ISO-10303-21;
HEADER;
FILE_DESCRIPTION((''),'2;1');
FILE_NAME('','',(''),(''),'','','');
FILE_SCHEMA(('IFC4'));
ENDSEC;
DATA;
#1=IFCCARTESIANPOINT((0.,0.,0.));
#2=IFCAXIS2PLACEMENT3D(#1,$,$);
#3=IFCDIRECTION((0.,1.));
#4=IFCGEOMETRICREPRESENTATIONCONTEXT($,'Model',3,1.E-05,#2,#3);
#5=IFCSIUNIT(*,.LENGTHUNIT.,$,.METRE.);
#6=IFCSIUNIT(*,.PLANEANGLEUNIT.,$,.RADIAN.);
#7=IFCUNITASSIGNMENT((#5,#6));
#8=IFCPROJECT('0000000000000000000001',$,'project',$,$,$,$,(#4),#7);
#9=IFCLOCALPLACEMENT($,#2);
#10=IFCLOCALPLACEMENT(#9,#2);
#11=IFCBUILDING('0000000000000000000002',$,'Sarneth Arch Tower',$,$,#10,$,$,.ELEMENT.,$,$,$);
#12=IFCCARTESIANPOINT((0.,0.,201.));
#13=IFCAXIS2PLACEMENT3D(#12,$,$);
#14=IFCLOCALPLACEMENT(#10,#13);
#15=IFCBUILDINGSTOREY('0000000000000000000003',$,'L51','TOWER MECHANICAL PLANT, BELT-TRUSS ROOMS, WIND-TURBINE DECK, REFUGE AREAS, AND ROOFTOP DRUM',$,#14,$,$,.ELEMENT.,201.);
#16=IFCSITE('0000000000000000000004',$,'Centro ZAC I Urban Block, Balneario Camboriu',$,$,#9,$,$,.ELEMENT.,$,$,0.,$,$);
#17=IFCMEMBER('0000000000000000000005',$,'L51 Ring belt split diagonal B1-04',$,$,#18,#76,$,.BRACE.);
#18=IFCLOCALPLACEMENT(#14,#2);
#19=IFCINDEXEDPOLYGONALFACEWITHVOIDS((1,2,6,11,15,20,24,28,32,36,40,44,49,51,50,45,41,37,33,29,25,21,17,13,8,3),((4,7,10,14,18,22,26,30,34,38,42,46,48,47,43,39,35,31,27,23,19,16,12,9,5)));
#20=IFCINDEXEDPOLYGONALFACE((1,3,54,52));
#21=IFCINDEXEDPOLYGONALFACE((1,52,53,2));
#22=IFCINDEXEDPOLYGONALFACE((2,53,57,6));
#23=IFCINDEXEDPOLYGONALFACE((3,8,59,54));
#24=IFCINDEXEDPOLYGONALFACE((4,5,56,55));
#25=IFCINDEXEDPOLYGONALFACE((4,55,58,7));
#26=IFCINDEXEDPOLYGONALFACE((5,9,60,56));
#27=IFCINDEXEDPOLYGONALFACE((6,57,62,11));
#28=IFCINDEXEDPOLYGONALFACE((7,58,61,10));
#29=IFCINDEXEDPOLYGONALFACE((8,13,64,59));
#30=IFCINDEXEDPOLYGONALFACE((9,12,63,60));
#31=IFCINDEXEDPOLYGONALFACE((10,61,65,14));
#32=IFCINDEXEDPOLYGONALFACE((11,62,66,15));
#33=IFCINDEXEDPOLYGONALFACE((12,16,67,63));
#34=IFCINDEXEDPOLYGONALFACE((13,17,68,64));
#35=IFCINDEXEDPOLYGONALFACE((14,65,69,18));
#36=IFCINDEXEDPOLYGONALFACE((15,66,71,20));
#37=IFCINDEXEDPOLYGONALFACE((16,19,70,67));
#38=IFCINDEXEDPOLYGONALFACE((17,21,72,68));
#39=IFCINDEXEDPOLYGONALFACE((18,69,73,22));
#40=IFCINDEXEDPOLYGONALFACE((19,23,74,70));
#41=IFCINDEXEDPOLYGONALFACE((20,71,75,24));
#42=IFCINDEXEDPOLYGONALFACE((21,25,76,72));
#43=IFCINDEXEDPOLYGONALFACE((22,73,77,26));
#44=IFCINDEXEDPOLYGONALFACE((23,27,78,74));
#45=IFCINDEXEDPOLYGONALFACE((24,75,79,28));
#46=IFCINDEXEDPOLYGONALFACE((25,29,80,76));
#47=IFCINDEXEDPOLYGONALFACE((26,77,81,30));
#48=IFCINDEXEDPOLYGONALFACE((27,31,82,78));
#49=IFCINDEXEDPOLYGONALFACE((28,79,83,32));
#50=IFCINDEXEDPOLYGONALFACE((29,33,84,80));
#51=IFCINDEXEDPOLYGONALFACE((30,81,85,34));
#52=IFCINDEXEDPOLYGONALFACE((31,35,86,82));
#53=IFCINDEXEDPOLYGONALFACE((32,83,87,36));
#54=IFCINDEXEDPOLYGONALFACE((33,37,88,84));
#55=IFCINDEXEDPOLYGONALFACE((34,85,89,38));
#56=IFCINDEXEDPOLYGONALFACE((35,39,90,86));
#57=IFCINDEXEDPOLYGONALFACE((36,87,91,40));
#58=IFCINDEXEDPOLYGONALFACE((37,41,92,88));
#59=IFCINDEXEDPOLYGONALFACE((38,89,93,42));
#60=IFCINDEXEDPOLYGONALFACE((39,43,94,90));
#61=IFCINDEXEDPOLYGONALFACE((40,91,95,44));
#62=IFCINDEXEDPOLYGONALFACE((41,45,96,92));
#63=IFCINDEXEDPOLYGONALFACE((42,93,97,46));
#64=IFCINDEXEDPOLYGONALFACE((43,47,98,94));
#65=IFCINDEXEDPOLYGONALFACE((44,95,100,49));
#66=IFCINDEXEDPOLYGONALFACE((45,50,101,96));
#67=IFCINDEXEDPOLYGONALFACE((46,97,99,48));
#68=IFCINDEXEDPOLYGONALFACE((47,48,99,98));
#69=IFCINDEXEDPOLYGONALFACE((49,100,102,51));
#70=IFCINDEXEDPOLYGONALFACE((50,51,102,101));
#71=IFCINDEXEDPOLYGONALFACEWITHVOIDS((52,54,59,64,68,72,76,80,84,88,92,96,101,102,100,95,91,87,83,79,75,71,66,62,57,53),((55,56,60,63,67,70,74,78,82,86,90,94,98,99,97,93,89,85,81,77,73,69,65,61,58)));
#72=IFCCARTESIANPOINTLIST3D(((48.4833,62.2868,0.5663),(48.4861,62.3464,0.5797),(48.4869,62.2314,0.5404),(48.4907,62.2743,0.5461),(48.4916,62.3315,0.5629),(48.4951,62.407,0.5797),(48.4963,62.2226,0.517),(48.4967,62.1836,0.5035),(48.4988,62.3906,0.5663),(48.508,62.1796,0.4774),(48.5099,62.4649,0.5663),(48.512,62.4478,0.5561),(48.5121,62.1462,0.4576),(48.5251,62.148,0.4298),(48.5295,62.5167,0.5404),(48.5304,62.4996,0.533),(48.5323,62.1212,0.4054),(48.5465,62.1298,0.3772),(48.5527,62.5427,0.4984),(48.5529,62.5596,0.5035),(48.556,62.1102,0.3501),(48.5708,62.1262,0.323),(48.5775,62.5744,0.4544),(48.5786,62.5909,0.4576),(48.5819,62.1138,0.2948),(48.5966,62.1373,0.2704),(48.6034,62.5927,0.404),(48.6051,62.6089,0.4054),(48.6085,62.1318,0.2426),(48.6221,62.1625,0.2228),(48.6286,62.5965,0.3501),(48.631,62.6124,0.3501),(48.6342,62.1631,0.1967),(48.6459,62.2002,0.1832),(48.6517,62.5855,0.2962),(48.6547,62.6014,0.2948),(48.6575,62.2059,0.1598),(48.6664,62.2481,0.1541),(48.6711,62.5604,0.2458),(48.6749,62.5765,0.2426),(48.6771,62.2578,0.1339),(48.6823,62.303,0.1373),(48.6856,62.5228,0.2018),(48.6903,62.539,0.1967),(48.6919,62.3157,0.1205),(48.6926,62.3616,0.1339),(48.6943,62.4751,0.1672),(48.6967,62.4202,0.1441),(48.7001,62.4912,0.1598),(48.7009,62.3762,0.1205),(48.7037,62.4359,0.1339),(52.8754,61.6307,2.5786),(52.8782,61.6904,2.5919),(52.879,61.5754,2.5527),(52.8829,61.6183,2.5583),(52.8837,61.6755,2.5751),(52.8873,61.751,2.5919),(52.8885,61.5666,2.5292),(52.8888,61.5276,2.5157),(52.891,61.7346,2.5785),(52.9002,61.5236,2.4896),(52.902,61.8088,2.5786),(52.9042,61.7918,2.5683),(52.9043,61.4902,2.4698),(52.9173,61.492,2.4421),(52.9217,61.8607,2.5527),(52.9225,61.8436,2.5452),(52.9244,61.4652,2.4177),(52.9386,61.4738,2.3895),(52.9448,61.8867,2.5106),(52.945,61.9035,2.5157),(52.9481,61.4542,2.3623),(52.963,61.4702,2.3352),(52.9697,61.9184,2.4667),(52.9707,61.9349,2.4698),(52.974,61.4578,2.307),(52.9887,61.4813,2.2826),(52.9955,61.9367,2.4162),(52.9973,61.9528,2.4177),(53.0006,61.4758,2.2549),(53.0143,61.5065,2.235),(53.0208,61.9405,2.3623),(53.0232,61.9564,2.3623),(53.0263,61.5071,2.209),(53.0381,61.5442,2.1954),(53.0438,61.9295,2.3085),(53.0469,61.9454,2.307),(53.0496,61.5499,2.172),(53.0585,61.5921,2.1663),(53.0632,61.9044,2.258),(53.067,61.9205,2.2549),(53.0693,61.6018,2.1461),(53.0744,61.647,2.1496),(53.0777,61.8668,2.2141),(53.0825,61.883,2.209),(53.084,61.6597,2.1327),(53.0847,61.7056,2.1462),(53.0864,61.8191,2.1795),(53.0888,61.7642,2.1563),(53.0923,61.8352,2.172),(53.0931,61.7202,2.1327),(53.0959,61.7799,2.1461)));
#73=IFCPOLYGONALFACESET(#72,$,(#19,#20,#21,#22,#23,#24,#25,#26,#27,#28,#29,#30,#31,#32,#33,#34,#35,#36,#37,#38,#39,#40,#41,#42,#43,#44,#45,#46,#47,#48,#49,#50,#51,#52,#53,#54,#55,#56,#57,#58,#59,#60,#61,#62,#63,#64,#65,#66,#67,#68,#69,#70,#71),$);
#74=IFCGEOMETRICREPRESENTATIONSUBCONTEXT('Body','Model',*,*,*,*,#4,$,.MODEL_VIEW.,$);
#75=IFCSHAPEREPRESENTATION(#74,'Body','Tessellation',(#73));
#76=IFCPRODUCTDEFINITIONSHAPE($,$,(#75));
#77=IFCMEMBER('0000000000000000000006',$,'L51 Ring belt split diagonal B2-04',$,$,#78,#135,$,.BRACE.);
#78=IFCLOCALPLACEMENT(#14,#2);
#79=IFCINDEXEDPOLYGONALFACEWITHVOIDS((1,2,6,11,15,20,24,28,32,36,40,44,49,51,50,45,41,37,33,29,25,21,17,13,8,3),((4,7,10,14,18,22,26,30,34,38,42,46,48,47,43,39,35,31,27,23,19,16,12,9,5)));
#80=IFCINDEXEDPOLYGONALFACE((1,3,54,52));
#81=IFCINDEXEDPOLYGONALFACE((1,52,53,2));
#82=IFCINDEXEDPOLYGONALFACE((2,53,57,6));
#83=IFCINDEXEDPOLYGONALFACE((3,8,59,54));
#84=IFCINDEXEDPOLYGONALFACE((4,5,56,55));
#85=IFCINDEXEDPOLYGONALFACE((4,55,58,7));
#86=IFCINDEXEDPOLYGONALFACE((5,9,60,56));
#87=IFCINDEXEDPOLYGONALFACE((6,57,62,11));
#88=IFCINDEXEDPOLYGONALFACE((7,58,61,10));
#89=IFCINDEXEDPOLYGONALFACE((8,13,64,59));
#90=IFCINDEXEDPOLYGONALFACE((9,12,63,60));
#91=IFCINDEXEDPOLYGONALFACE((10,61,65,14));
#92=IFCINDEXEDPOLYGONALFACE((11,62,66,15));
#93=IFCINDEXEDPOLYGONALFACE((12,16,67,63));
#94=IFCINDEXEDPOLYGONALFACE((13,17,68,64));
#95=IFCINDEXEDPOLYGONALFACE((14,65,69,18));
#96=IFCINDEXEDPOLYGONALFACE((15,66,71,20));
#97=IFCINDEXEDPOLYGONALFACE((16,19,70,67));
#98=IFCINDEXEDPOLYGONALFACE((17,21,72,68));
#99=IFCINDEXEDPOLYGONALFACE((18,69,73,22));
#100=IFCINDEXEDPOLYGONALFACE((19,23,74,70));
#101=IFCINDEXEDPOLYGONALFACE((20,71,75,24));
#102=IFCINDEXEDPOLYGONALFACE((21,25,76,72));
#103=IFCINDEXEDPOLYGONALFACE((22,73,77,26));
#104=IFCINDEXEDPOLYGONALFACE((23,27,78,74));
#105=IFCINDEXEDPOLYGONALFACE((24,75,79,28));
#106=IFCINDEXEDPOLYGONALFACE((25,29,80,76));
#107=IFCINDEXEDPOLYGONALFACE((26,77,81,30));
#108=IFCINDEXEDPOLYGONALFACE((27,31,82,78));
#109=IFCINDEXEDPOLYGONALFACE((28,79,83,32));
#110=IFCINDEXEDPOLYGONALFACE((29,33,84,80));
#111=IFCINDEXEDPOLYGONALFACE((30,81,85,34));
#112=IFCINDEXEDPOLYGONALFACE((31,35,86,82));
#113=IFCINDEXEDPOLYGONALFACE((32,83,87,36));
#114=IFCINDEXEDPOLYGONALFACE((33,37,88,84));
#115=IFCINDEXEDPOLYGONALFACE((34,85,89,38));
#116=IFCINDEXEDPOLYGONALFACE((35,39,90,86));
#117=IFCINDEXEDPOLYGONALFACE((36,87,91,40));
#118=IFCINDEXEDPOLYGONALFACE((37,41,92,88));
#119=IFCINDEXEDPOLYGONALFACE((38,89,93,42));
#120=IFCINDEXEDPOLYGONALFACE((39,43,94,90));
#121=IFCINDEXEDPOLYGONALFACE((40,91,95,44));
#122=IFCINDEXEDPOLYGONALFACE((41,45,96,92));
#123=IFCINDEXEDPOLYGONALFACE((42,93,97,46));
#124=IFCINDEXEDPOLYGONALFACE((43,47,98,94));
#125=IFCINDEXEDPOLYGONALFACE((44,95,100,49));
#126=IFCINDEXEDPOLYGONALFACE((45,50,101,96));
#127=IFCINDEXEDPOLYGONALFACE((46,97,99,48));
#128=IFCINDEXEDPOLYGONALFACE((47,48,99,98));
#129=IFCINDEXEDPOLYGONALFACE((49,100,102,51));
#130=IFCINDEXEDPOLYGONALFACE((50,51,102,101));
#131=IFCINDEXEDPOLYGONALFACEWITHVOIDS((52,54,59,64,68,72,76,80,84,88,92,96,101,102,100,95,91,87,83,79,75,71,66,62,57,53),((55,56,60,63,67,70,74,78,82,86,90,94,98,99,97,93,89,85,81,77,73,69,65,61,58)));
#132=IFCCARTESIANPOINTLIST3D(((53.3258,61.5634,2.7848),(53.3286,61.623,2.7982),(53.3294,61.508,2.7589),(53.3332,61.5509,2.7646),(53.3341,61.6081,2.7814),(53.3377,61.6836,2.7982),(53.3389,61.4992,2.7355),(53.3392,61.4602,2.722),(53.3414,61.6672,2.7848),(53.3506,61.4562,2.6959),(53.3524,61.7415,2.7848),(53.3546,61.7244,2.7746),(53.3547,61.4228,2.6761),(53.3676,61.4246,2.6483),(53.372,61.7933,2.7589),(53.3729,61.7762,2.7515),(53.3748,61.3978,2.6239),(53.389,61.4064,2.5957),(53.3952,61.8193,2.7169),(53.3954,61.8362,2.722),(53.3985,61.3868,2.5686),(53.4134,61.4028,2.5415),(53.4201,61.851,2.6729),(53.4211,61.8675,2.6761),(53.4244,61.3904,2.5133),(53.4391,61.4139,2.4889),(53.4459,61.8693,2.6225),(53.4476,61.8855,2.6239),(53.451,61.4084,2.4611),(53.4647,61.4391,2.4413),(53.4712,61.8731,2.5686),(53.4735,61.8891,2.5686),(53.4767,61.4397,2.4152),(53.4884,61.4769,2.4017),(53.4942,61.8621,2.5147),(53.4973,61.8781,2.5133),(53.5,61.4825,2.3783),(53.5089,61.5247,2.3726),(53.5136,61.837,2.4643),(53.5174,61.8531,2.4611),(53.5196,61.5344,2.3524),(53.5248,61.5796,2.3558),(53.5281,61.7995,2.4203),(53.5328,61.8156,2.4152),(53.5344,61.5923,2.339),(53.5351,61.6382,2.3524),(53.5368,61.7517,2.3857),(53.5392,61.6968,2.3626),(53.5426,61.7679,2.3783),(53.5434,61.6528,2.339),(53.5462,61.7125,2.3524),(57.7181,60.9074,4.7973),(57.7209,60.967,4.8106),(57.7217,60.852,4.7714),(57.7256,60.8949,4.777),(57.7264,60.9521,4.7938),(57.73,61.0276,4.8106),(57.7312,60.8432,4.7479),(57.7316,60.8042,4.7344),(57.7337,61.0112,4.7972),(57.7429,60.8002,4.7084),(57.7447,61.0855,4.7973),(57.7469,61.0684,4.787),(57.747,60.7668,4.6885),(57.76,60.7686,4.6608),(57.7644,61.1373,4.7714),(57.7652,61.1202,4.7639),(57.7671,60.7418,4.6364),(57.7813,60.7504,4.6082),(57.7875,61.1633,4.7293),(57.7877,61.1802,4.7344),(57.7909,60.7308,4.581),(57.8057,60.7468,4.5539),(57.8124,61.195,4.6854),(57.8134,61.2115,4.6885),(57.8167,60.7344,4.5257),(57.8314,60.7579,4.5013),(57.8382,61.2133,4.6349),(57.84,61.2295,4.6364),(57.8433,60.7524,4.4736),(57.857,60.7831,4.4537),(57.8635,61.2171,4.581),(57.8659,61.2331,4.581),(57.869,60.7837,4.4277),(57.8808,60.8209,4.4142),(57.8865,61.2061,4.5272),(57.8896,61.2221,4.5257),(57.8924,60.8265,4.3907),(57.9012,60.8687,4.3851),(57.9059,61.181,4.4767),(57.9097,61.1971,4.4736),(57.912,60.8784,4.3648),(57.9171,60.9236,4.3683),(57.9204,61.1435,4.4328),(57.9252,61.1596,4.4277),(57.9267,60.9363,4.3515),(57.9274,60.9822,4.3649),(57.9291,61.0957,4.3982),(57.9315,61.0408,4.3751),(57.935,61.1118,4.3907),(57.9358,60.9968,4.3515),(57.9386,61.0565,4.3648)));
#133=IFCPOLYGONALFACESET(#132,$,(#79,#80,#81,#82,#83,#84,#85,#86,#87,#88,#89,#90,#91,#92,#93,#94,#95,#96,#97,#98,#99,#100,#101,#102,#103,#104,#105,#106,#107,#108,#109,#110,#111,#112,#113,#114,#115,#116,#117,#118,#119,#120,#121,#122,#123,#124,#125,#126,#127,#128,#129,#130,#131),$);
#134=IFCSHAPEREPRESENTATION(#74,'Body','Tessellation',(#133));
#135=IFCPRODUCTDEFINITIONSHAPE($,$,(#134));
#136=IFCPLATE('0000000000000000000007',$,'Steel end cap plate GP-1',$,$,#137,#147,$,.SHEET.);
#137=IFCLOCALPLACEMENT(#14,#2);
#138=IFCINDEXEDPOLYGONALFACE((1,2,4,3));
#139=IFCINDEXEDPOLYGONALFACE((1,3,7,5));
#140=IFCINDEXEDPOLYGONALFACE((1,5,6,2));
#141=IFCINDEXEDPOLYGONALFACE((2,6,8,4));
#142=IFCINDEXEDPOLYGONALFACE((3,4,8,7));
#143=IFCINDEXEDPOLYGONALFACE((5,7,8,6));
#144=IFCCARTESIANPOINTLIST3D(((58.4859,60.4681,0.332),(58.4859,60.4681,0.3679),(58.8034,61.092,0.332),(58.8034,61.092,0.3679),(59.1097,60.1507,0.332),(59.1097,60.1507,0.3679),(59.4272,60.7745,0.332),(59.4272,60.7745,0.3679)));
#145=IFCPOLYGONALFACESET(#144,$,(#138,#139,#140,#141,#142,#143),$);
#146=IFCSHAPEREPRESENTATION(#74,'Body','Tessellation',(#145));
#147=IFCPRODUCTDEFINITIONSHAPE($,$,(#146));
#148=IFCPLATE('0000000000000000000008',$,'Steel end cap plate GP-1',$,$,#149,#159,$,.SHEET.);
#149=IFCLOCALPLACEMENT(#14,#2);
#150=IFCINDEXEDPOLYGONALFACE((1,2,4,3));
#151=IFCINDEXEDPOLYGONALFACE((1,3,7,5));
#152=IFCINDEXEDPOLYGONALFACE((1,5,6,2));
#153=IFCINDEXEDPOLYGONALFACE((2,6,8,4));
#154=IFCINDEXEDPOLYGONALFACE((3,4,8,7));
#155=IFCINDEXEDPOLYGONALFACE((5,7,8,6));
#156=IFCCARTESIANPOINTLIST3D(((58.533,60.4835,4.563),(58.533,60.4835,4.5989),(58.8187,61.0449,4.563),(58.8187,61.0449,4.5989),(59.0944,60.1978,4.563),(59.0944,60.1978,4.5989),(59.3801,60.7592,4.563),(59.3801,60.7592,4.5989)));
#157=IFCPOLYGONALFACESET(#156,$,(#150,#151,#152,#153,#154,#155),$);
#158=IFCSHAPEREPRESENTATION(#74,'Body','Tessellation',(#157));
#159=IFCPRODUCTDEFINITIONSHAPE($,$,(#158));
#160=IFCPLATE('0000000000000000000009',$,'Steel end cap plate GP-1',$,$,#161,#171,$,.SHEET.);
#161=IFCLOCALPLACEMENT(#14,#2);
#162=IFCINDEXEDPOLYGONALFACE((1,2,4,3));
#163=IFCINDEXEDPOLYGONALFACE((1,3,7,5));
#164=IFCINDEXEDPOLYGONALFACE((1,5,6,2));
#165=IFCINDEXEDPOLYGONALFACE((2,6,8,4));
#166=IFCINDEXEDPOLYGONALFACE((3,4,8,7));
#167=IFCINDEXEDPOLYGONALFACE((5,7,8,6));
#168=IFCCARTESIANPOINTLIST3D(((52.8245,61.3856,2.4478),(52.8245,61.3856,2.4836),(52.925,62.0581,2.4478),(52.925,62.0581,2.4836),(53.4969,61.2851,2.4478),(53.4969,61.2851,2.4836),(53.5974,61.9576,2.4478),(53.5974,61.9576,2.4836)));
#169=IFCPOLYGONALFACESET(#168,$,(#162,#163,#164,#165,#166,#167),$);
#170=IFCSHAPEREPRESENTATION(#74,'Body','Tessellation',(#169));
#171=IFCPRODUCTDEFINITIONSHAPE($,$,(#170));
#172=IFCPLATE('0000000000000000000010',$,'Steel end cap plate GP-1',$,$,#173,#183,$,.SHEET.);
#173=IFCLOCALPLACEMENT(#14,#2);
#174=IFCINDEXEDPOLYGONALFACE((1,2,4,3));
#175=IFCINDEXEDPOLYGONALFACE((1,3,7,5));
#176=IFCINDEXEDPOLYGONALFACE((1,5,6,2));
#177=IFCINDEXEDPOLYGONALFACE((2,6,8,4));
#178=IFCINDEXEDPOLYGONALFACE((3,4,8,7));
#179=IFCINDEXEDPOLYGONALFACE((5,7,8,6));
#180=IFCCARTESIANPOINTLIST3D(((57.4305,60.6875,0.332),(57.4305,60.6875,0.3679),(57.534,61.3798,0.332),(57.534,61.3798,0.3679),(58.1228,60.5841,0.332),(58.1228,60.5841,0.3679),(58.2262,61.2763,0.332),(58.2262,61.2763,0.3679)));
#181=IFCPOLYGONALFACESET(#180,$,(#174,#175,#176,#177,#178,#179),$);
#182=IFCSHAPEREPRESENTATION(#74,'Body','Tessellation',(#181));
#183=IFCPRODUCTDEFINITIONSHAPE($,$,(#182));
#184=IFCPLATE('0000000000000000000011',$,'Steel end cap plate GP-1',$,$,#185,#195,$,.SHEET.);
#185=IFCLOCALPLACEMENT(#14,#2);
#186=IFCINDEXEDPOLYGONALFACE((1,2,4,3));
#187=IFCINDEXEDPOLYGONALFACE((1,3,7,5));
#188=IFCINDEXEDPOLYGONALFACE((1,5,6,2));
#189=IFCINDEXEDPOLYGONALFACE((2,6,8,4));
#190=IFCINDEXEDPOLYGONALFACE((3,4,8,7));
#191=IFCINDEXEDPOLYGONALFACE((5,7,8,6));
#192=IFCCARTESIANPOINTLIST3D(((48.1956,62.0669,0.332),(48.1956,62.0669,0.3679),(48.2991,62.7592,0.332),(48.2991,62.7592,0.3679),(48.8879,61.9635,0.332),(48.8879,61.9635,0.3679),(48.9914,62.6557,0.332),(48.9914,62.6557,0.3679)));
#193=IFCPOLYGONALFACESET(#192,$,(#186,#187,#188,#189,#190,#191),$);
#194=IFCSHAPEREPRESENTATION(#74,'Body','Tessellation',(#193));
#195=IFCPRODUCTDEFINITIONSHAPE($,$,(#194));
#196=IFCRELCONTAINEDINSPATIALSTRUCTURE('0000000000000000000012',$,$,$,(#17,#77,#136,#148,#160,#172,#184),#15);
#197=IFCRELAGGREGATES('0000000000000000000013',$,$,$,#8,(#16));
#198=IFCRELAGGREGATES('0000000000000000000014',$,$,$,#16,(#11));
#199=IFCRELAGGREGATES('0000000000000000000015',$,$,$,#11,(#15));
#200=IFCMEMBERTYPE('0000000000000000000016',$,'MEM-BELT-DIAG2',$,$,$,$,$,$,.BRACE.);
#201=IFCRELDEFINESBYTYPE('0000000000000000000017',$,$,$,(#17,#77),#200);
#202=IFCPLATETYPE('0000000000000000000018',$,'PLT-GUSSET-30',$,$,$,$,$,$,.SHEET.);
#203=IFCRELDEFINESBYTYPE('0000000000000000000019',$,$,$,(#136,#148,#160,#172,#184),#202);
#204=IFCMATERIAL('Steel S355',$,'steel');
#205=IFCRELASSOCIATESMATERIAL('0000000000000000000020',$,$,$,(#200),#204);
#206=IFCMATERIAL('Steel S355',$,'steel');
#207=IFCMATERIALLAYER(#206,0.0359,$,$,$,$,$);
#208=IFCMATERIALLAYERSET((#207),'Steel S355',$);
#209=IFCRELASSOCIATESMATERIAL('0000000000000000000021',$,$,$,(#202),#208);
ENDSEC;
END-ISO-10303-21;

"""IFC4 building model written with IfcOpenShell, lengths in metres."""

from ifc_helpers import new_model, si_unit, direction, frame, origin, origin_2d, place, context, subcontext, project, spatial, rectangle, hollow_circle, extrude, material, layer, layer_set, material_profile, profile_set, type_object, element, save


model = new_model("IFC4")

# Units and contexts
model_context = context("Model", 3, precision=1e-05, world=origin(), true_north=direction((0.0, 1.0)))
body_context = subcontext(model_context, "Body", "Model", "MODEL_VIEW")
ifc_project = project(units=[si_unit("LENGTHUNIT", "METRE"), si_unit("PLANEANGLEUNIT", "RADIAN")], contexts=[model_context])

# Site, building, storey
site_placement = place(None, origin())
site = spatial("IfcSite", under=ifc_project, at=site_placement, Name="Centro ZAC I Urban Block, Balneario Camboriu", CompositionType="ELEMENT", RefElevation=0.0)
building_placement = place(site_placement, origin())
building = spatial("IfcBuilding", under=site, at=building_placement, Name="Sarneth Arch Tower", CompositionType="ELEMENT")
storey_placement = place(building_placement, frame((0.0, 0.0, 201.0)))
storey = spatial("IfcBuildingStorey", under=building, at=storey_placement, Name="L51", Description="TOWER MECHANICAL PLANT, BELT-TRUSS ROOMS, WIND-TURBINE DECK, REFUGE AREAS, AND ROOFTOP DRUM", CompositionType="ELEMENT", Elevation=201.0)

# Members
ifc_material_1 = material(Name="Steel S355", Category="steel")
ifc_material_profile_1 = material_profile(ifc_material_1, hollow_circle(Radius=0.2539, WallThickness=0.0161, at=origin_2d()), Name="CHS508x16")
ifc_profile_set_1 = profile_set([ifc_material_profile_1], Name="Steel S355")
member_type_1 = type_object("IfcMemberType", Name="MEM-BELT-DIAG2", PredefinedType="BRACE", material=ifc_profile_set_1)
member_1_placement = place(storey_placement, frame((48.5935, 62.3613, 0.3501), z_axis=(0.900863, -0.134554, 0.412724), x_axis=(0.147722, 0.989029, 0.0)))
element("IfcMember", 1, at=member_1_placement, inside=storey, type_object=member_type_1, Name="L51 Ring belt split diagonal B1-04", PredefinedType="BRACE", context=body_context, shape_type="SweptSolid", body=[
    extrude(hollow_circle(Radius=0.2539, WallThickness=0.0161, at=origin_2d()), origin(), (0.0, 0.0, 1.0), 4.8755),
])
member_2_placement = place(storey_placement, frame((53.436, 61.6379, 2.5686), z_axis=(0.900854, -0.134545, 0.412747), x_axis=(0.147714, 0.98903, 0.0)))
element("IfcMember", 2, at=member_2_placement, inside=storey, type_object=member_type_1, Name="L51 Ring belt split diagonal B2-04", PredefinedType="BRACE", context=body_context, shape_type="SweptSolid", body=[
    extrude(hollow_circle(Radius=0.2539, WallThickness=0.0161, at=origin_2d()), origin(), (0.0, 0.0, 1.0), 4.8757),
])

# Plates
ifc_material_2 = material(Name="Steel S355", Category="steel")
ifc_layer_1 = layer(ifc_material_2, 0.0359)
ifc_layer_set_1 = layer_set([ifc_layer_1], Name="Steel S355")
plate_type_1 = type_object("IfcPlateType", Name="PLT-GUSSET-30", PredefinedType="SHEET", material=ifc_layer_set_1)
plate_1_placement = place(storey_placement, frame((58.9565, 60.6213, 0.332), z_axis=(0.0, 0.0, 1.0), x_axis=(-0.891244, 0.453524, 0.0)))
element("IfcPlate", 3, at=plate_1_placement, inside=storey, type_object=plate_type_1, Name="Steel end cap plate GP-1", PredefinedType="SHEET", context=body_context, shape_type="SweptSolid", body=[
    extrude(rectangle(XDim=0.7, YDim=0.7, at=origin_2d()), origin(), (0.0, 0.0, 1.0), 0.0359),
])
plate_2_placement = place(storey_placement, frame((58.9565, 60.6213, 4.563), z_axis=(0.0, 0.0, 1.0), x_axis=(-0.891244, 0.453524, 0.0)))
element("IfcPlate", 4, at=plate_2_placement, inside=storey, type_object=plate_type_1, Name="Steel end cap plate GP-1", PredefinedType="SHEET", context=body_context, shape_type="SweptSolid", body=[
    extrude(rectangle(XDim=0.6299, YDim=0.6299, at=origin_2d()), origin(), (0.0, 0.0, 1.0), 0.0359),
])
plate_3_placement = place(storey_placement, frame((53.2109, 61.6716, 2.4478), z_axis=(0.0, 0.0, 1.0), x_axis=(-0.989016, 0.147809, 0.0)))
element("IfcPlate", 5, at=plate_3_placement, inside=storey, type_object=plate_type_1, Name="Steel end cap plate GP-1", PredefinedType="SHEET", context=body_context, shape_type="SweptSolid", body=[
    extrude(rectangle(XDim=0.6799, YDim=0.6799, at=origin_2d()), origin(), (0.0, 0.0, 1.0), 0.0359),
])
for number, where, z_axis, x_axis, name in (
    (6, (57.8284, 60.9819, 0.332), (0.0, 0.0, 1.0), (0.989016, -0.147809, 0.0), "Steel end cap plate GP-1"),
    (7, (48.5935, 62.3613, 0.332), (0.0, 0.0, 1.0), (-0.989016, 0.147809, 0.0), "Steel end cap plate GP-1"),
):
    element("IfcPlate", number, at=place(storey_placement, frame(where, z_axis=z_axis, x_axis=x_axis)), inside=storey, type_object=plate_type_1, Name=name, PredefinedType="SHEET", context=body_context, shape_type="SweptSolid", body=[
        extrude(rectangle(XDim=0.7, YDim=0.7, at=origin_2d()), origin(), (0.0, 0.0, 1.0), 0.0359),
    ])

save(model, "model.ifc")
